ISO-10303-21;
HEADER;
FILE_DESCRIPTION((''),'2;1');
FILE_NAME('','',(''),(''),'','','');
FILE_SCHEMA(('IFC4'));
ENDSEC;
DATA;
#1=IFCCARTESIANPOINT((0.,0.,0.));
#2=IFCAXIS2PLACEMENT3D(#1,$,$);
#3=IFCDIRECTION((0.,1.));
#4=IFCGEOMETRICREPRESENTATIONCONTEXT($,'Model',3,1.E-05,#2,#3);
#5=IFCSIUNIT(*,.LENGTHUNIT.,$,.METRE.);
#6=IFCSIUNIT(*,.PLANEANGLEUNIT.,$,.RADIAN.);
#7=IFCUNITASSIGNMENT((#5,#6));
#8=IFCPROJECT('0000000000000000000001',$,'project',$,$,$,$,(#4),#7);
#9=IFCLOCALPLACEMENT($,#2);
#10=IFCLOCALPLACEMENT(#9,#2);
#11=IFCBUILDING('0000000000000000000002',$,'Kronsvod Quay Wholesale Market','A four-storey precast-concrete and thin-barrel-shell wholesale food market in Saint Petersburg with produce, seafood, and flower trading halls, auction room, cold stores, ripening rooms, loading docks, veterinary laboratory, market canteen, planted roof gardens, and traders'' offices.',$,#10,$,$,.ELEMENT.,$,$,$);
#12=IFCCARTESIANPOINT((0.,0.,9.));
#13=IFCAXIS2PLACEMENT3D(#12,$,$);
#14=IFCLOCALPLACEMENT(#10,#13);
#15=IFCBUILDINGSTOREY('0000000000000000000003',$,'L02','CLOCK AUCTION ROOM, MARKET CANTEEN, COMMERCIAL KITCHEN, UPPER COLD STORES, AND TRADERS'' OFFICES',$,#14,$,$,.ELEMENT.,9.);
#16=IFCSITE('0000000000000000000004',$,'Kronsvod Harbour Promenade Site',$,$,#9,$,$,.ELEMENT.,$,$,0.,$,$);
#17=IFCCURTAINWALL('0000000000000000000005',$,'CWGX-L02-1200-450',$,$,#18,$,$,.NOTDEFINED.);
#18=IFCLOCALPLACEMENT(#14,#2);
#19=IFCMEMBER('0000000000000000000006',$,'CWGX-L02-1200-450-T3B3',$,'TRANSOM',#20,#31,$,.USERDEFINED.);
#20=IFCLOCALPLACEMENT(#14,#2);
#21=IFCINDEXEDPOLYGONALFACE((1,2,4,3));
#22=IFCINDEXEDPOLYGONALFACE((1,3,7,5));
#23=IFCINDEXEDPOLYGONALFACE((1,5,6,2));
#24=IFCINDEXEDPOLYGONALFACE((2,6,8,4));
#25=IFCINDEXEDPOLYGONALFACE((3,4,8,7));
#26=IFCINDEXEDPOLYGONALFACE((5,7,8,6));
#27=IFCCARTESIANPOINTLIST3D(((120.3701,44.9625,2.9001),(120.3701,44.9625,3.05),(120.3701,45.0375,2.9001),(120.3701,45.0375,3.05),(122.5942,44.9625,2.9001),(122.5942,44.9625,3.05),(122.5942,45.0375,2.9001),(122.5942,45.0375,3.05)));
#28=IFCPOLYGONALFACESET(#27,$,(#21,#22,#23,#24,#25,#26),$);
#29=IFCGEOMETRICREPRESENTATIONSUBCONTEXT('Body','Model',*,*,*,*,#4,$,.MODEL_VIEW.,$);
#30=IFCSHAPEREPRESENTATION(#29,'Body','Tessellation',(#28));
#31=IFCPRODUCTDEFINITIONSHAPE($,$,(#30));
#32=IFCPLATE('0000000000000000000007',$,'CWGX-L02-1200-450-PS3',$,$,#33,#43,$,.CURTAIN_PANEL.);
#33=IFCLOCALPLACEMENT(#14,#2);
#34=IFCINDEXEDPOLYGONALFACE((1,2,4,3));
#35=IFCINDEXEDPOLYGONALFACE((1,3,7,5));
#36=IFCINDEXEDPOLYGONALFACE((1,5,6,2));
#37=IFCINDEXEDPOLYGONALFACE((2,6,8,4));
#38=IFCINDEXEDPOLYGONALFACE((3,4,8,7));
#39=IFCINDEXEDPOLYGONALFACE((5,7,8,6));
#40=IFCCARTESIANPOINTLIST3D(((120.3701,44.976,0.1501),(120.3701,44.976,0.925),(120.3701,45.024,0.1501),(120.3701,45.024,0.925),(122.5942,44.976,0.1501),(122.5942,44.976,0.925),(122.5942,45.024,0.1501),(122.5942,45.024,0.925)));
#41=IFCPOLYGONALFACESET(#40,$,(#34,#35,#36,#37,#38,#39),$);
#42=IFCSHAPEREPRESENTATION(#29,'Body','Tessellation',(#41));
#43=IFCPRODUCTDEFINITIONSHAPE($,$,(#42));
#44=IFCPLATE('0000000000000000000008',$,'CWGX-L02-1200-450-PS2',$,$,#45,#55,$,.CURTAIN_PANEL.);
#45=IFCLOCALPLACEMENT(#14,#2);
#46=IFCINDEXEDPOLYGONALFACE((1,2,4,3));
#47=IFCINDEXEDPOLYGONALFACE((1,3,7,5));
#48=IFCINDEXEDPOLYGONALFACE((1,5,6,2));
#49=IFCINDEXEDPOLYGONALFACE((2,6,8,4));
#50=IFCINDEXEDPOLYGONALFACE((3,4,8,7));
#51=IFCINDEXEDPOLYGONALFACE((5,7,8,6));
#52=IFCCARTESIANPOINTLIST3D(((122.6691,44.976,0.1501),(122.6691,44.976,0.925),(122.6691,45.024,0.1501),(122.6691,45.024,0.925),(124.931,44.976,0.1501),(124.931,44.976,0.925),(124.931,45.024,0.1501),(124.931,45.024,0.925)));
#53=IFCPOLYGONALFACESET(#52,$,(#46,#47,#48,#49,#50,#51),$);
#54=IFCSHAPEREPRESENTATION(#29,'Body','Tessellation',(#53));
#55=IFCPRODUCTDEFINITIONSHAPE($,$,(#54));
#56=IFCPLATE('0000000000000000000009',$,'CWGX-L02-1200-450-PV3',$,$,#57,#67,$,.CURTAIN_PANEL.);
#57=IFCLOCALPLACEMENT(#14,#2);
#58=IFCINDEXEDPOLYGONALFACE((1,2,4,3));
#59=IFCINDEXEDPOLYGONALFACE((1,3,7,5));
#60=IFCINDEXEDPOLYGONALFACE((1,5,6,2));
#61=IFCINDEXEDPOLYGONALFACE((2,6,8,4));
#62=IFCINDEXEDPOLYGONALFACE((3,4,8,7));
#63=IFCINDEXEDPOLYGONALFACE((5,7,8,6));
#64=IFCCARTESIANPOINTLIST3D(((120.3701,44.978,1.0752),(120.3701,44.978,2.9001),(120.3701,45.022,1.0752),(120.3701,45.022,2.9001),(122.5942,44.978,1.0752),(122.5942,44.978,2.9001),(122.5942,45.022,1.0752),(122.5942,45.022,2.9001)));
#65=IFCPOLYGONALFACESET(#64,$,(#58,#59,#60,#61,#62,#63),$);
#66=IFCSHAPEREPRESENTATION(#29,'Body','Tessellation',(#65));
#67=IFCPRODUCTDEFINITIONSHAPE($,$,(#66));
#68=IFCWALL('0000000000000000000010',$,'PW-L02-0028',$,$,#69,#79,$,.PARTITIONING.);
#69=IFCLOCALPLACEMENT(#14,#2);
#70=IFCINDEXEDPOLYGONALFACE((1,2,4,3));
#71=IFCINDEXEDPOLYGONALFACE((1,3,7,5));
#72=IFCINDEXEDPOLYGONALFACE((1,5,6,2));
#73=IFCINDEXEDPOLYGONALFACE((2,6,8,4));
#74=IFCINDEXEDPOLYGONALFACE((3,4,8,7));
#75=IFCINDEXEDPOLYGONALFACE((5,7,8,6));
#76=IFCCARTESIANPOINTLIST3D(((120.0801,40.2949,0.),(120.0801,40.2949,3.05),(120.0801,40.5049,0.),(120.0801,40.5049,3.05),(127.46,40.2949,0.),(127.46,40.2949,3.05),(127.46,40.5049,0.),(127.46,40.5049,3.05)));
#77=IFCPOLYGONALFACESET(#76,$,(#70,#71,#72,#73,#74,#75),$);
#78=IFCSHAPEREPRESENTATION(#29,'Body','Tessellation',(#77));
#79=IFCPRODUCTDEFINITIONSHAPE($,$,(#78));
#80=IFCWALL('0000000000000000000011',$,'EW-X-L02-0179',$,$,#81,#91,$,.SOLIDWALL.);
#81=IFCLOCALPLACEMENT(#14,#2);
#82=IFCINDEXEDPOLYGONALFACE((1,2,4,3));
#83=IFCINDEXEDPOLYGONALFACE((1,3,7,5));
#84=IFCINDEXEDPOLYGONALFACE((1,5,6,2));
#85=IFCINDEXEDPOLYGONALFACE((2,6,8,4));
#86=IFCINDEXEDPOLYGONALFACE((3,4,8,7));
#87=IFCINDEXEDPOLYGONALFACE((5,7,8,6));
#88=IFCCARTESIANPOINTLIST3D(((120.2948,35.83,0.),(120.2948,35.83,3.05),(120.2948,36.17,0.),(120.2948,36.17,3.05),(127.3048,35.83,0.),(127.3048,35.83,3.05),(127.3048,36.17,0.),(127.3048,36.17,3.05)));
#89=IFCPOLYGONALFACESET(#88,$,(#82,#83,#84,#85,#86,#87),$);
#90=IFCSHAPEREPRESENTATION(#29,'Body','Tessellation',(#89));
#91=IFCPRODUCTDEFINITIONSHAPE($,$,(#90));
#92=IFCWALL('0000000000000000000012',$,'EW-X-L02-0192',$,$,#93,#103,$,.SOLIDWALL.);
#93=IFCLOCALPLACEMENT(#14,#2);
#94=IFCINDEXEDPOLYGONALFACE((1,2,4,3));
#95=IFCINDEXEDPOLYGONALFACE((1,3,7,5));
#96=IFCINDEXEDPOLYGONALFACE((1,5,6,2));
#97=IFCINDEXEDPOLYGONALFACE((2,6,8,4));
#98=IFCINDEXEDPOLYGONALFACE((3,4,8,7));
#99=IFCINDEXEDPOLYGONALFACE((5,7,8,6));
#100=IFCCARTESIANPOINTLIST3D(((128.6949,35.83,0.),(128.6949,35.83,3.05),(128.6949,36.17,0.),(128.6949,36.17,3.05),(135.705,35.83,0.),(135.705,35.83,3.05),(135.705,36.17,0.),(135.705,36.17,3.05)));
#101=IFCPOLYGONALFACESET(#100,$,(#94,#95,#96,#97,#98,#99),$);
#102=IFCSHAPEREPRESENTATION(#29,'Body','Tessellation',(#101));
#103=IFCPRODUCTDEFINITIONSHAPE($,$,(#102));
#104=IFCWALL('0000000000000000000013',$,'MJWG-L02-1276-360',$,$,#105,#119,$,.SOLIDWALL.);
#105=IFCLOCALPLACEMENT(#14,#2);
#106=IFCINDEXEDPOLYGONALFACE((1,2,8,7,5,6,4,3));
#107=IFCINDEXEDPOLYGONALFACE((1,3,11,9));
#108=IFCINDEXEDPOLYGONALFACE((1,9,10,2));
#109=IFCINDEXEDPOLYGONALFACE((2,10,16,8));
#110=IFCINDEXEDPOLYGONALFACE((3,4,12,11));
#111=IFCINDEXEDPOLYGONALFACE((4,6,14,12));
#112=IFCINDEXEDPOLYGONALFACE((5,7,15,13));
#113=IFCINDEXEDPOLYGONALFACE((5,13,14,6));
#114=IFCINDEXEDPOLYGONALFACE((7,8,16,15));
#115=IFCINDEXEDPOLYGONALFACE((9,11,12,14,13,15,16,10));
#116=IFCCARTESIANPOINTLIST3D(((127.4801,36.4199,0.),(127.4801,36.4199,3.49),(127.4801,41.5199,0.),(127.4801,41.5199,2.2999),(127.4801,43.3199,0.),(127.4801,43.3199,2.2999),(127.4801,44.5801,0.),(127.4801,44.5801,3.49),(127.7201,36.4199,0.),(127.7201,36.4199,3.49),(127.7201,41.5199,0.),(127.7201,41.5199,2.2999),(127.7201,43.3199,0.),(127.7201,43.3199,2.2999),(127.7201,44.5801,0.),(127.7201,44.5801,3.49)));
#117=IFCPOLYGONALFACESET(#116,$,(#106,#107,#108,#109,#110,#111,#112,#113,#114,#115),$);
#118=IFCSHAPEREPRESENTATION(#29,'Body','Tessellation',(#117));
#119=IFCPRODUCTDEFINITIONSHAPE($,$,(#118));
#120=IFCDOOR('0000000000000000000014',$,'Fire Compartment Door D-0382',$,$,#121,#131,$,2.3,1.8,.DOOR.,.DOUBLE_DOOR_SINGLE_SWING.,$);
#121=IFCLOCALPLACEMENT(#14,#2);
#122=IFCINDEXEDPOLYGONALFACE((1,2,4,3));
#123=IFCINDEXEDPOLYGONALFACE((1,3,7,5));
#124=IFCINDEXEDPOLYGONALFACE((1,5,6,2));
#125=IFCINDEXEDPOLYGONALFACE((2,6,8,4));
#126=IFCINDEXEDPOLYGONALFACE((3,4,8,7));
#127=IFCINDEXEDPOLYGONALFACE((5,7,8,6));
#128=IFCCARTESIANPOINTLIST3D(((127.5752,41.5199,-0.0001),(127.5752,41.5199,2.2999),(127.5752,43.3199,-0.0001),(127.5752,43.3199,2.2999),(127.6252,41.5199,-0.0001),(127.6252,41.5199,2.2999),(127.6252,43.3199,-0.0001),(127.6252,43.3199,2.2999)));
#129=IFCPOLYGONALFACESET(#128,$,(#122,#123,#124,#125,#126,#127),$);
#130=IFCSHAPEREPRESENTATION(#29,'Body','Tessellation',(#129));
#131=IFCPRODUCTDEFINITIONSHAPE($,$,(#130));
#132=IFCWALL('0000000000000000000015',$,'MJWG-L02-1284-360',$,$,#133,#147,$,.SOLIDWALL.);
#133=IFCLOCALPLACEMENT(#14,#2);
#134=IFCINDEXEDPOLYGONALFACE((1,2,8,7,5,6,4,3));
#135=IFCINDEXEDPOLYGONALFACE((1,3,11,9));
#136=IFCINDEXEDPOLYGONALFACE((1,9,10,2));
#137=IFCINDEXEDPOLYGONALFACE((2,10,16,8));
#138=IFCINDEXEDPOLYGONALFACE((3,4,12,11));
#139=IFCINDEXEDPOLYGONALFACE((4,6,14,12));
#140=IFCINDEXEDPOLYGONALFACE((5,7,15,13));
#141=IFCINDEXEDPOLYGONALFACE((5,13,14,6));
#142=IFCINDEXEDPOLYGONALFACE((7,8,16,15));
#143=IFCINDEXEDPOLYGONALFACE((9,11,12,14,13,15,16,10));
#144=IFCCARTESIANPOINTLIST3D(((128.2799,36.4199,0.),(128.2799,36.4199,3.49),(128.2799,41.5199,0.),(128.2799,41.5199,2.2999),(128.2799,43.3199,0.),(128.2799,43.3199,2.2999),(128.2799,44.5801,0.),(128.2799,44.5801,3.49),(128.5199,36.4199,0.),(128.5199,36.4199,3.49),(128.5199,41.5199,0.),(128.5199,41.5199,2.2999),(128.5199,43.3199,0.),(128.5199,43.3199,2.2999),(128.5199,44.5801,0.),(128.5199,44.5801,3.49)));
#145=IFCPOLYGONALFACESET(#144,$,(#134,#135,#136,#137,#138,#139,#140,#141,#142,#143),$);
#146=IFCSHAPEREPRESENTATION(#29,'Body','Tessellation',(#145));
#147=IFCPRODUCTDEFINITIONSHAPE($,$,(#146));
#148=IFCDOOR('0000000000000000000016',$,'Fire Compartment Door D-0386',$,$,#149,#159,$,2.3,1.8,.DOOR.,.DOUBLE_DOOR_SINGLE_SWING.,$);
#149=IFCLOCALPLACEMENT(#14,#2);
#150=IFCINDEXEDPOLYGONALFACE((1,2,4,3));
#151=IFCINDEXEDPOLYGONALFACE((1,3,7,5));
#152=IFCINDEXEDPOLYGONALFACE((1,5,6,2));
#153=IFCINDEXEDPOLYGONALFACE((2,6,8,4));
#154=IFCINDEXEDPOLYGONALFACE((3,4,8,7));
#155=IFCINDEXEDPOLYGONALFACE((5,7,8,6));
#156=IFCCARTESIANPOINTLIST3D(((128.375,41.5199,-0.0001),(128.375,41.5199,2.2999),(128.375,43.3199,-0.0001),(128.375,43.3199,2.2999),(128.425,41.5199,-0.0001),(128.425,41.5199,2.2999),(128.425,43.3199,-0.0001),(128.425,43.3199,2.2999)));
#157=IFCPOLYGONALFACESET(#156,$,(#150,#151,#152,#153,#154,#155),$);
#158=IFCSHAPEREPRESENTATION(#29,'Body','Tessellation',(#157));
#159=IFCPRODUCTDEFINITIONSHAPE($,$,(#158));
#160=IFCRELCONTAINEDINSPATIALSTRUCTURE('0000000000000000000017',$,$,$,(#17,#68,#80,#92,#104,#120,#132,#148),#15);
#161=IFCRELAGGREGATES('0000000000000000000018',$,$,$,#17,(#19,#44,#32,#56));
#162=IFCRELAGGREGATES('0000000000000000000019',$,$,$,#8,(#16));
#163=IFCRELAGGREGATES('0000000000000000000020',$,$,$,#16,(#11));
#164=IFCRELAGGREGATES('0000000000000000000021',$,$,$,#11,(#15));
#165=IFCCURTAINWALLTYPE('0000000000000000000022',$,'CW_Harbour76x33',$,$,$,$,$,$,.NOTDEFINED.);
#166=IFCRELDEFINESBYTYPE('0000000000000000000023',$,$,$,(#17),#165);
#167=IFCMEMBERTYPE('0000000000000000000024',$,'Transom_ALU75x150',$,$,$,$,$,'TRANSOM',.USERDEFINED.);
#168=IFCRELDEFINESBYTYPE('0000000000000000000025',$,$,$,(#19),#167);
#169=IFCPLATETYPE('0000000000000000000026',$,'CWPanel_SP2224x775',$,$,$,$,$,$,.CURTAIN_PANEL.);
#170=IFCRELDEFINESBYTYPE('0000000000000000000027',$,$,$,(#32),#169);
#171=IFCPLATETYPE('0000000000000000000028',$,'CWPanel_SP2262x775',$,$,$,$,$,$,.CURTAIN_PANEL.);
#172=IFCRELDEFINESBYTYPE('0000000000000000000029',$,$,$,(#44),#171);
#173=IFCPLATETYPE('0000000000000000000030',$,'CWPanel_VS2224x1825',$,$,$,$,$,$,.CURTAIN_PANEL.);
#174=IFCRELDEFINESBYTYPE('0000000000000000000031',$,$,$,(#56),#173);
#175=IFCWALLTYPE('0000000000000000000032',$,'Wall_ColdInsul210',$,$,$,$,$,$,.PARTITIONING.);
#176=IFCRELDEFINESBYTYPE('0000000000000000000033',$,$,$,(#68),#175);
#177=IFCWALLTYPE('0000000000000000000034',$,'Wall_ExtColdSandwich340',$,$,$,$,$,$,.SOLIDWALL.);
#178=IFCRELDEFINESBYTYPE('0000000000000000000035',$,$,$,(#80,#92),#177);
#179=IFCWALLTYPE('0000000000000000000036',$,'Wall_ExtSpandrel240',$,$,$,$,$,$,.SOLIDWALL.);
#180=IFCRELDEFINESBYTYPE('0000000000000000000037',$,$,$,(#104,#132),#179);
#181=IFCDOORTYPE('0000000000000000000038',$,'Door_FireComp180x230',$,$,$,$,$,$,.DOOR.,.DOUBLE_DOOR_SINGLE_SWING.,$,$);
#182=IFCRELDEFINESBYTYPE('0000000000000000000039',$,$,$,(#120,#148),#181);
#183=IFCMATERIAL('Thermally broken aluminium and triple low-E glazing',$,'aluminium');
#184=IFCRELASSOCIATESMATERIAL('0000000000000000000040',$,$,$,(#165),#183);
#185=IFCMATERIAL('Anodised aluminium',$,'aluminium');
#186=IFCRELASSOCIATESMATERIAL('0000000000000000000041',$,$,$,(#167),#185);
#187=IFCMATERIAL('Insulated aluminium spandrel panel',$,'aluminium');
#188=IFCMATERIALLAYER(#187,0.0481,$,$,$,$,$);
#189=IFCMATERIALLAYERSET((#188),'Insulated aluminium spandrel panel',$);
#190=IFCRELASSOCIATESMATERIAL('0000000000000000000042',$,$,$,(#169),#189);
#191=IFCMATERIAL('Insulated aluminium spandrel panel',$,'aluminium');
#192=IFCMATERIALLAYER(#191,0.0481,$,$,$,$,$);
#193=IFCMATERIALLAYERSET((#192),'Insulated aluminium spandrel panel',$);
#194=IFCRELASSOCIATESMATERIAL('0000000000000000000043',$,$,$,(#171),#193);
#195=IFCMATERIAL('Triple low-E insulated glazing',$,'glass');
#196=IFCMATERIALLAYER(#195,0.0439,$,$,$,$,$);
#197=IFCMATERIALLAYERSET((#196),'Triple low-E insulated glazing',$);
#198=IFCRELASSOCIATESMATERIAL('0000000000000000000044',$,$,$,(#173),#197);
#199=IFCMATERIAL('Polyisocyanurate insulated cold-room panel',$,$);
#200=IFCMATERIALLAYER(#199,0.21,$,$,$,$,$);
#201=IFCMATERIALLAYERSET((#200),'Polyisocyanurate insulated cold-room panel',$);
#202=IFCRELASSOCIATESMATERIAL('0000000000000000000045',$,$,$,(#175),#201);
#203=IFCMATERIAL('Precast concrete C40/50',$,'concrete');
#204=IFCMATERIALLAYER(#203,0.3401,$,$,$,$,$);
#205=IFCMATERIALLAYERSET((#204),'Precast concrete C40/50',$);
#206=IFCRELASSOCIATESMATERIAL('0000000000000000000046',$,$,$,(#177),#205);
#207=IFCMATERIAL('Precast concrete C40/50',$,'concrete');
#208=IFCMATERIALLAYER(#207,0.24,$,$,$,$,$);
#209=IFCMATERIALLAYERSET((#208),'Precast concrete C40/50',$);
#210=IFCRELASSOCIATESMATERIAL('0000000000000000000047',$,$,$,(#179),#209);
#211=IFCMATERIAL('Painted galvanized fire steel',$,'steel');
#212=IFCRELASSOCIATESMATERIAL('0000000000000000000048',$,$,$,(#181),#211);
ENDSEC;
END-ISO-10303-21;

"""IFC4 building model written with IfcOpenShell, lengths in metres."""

from ifc_helpers import new_model, si_unit, direction, frame, frame_2d, origin, origin_2d, place, context, subcontext, project, spatial, rectangle, extrude, material, layer, layer_set, material_profile, profile_set, type_object, element, fill, aggregate, save


model = new_model("IFC4")

# Units and contexts
model_context = context("Model", 3, precision=1e-05, world=origin(), true_north=direction((0.0, 1.0)))
body_context = subcontext(model_context, "Body", "Model", "MODEL_VIEW")
ifc_project = project(units=[si_unit("LENGTHUNIT", "METRE"), si_unit("PLANEANGLEUNIT", "RADIAN")], contexts=[model_context])

# Site, building, storey
site_placement = place(None, origin())
site = spatial("IfcSite", under=ifc_project, at=site_placement, Name="Kronsvod Harbour Promenade Site", CompositionType="ELEMENT", RefElevation=0.0)
building_placement = place(site_placement, origin())
building = spatial("IfcBuilding", under=site, at=building_placement, Name="Kronsvod Quay Wholesale Market", Description="A four-storey precast-concrete and thin-barrel-shell wholesale food market in Saint Petersburg with produce, seafood, and flower trading halls, auction room, cold stores, ripening rooms, loading docks, veterinary laboratory, market canteen, planted roof gardens, and traders' offices.", CompositionType="ELEMENT")
storey_placement = place(building_placement, frame((0.0, 0.0, 9.0)))
storey = spatial("IfcBuildingStorey", under=building, at=storey_placement, Name="L02", Description="CLOCK AUCTION ROOM, MARKET CANTEEN, COMMERCIAL KITCHEN, UPPER COLD STORES, AND TRADERS' OFFICES", CompositionType="ELEMENT", Elevation=9.0)

# Curtain wall, member, plates
ifc_material_1 = material(Name="Thermally broken aluminium and triple low-E glazing", Category="aluminium")
curtain_wall_type = type_object("IfcCurtainWallType", Name="CW_Harbour76x33", PredefinedType="NOTDEFINED", material=ifc_material_1)
curtain_wall_placement = place(storey_placement, origin())
curtain_wall = element("IfcCurtainWall", 1, at=curtain_wall_placement, inside=storey, type_object=curtain_wall_type, Name="CWGX-L02-1200-450", PredefinedType="NOTDEFINED")
ifc_material_2 = material(Name="Anodised aluminium", Category="aluminium")
ifc_material_profile_1 = material_profile(ifc_material_2, rectangle(XDim=0.075, YDim=0.1499, at=origin_2d()), Name="ALUT75x150")
ifc_profile_set_1 = profile_set([ifc_material_profile_1], Name="Anodised aluminium")
member_type_1 = type_object("IfcMemberType", Name="Transom_ALU75x150", ElementType="TRANSOM", PredefinedType="USERDEFINED", material=ifc_profile_set_1)
member_1_placement = place(storey_placement, frame((122.5942, 45.0, 2.9751), z_axis=(-1.0, 0.0, 0.0), x_axis=(0.0, -1.0, 0.0)))
member_1 = element("IfcMember", 2, at=member_1_placement, type_object=member_type_1, Name="CWGX-L02-1200-450-T3B3", ObjectType="TRANSOM", PredefinedType="USERDEFINED", context=body_context, shape_type="SweptSolid", body=[
    extrude(rectangle(XDim=0.075, YDim=0.1499, at=origin_2d()), origin(), (0.0, 0.0, 1.0), 2.2241),
])
ifc_material_3 = material(Name="Insulated aluminium spandrel panel", Category="aluminium")
ifc_layer_1 = layer(ifc_material_3, 0.0481)
ifc_layer_set_1 = layer_set([ifc_layer_1], Name="Insulated aluminium spandrel panel")
plate_type_1 = type_object("IfcPlateType", Name="CWPanel_SP2224x775", PredefinedType="CURTAIN_PANEL", material=ifc_layer_set_1)
plate_1_placement = place(storey_placement, frame((121.4822, 45.0, 0.1501), z_axis=(0.0, 0.0, 1.0), x_axis=(-1.0, 0.0, 0.0)))
plate_1 = element("IfcPlate", 3, at=plate_1_placement, type_object=plate_type_1, Name="CWGX-L02-1200-450-PS3", PredefinedType="CURTAIN_PANEL", context=body_context, shape_type="SweptSolid", body=[
    extrude(rectangle(XDim=2.2241, YDim=0.0481, at=origin_2d()), origin(), (0.0, 0.0, 1.0), 0.7749),
])
ifc_material_4 = material(Name="Insulated aluminium spandrel panel", Category="aluminium")
ifc_layer_2 = layer(ifc_material_4, 0.0481)
ifc_layer_set_2 = layer_set([ifc_layer_2], Name="Insulated aluminium spandrel panel")
plate_type_2 = type_object("IfcPlateType", Name="CWPanel_SP2262x775", PredefinedType="CURTAIN_PANEL", material=ifc_layer_set_2)
plate_2_placement = place(storey_placement, frame((123.8, 45.0, 0.1501), z_axis=(0.0, 0.0, 1.0), x_axis=(-1.0, 0.0, 0.0)))
plate_2 = element("IfcPlate", 4, at=plate_2_placement, type_object=plate_type_2, Name="CWGX-L02-1200-450-PS2", PredefinedType="CURTAIN_PANEL", context=body_context, shape_type="SweptSolid", body=[
    extrude(rectangle(XDim=2.262, YDim=0.0481, at=origin_2d()), origin(), (0.0, 0.0, 1.0), 0.7749),
])
ifc_material_5 = material(Name="Triple low-E insulated glazing", Category="glass")
ifc_layer_3 = layer(ifc_material_5, 0.0439)
ifc_layer_set_3 = layer_set([ifc_layer_3], Name="Triple low-E insulated glazing")
plate_type_3 = type_object("IfcPlateType", Name="CWPanel_VS2224x1825", PredefinedType="CURTAIN_PANEL", material=ifc_layer_set_3)
plate_3_placement = place(storey_placement, frame((121.4822, 45.0, 1.0752), z_axis=(0.0, 0.0, 1.0), x_axis=(-1.0, 0.0, 0.0)))
plate_3 = element("IfcPlate", 5, at=plate_3_placement, type_object=plate_type_3, Name="CWGX-L02-1200-450-PV3", PredefinedType="CURTAIN_PANEL", context=body_context, shape_type="SweptSolid", body=[
    extrude(rectangle(XDim=2.2241, YDim=0.0439, at=origin_2d()), origin(), (0.0, 0.0, 1.0), 1.825),
])
aggregate(curtain_wall, [member_1, plate_2, plate_1, plate_3])

# Walls
ifc_material_6 = material(Name="Polyisocyanurate insulated cold-room panel")
ifc_layer_4 = layer(ifc_material_6, 0.21)
ifc_layer_set_4 = layer_set([ifc_layer_4], Name="Polyisocyanurate insulated cold-room panel")
wall_type_1 = type_object("IfcWallType", Name="Wall_ColdInsul210", PredefinedType="PARTITIONING", material=ifc_layer_set_4)
wall_1_placement = place(storey_placement, frame((120.0801, 40.3999, 0.0), z_axis=(0.0, 0.0, 1.0), x_axis=(1.0, 0.0, 0.0)))
element("IfcWall", 6, at=wall_1_placement, inside=storey, type_object=wall_type_1, Name="PW-L02-0028", PredefinedType="PARTITIONING", context=body_context, shape_type="SweptSolid", body=[
    extrude(rectangle(XDim=7.3799, YDim=0.21, at=frame_2d((3.6899, 0.0))), origin(), (0.0, 0.0, 1.0), 3.05),
])
ifc_material_7 = material(Name="Precast concrete C40/50", Category="concrete")
ifc_layer_5 = layer(ifc_material_7, 0.3401)
ifc_layer_set_5 = layer_set([ifc_layer_5], Name="Precast concrete C40/50")
wall_type_2 = type_object("IfcWallType", Name="Wall_ExtColdSandwich340", PredefinedType="SOLIDWALL", material=ifc_layer_set_5)
for number, where, z_axis, x_axis, name in (
    (7, (120.2949, 36.0, 0.0), (0.0, 0.0, 1.0), (1.0, 0.0, 0.0), "EW-X-L02-0179"),
    (8, (128.6951, 36.0, 0.0), (0.0, 0.0, 1.0), (1.0, 0.0, 0.0), "EW-X-L02-0192"),
):
    element("IfcWall", number, at=place(storey_placement, frame(where, z_axis=z_axis, x_axis=x_axis)), inside=storey, type_object=wall_type_2, Name=name, PredefinedType="SOLIDWALL", context=body_context, shape_type="SweptSolid", body=[
        extrude(rectangle(XDim=7.01, YDim=0.3401, at=frame_2d((3.5049, 0.0))), origin(), (0.0, 0.0, 1.0), 3.05),
    ])

# Walls, openings, doors
ifc_material_8 = material(Name="Precast concrete C40/50", Category="concrete")
ifc_layer_6 = layer(ifc_material_8, 0.24)
ifc_layer_set_6 = layer_set([ifc_layer_6], Name="Precast concrete C40/50")
wall_type_3 = type_object("IfcWallType", Name="Wall_ExtSpandrel240", PredefinedType="SOLIDWALL", material=ifc_layer_set_6)
wall_2_placement = place(storey_placement, frame((127.6001, 36.4199, 0.0), z_axis=(0.0, 0.0, 1.0), x_axis=(0.0, 1.0, 0.0)))
wall_2 = element("IfcWall", 9, at=wall_2_placement, inside=storey, type_object=wall_type_3, Name="MJWG-L02-1276-360", PredefinedType="SOLIDWALL", context=body_context, shape_type="SweptSolid", body=[
    extrude(rectangle(XDim=8.1602, YDim=0.24, at=frame_2d((4.0801, 0.0))), origin(), (0.0, 0.0, 1.0), 3.49),
])
opening_1_placement = place(wall_2_placement, frame((5.1001, 0.0, 0.0)))
opening_1 = element("IfcOpeningElement", 10, at=opening_1_placement, cuts=wall_2, PredefinedType="OPENING", context=body_context, shape_type="SweptSolid", body=[
    extrude(rectangle(XDim=1.8, YDim=2.3, at=frame_2d((0.8999, 1.1499))), frame((0.0, 0.1299, 0.0), z_axis=(0.0, -1.0, 0.0), x_axis=(1.0, 0.0, 0.0)), (0.0, 0.0, 1.0), 0.26),
])
ifc_material_9 = material(Name="Painted galvanized fire steel", Category="steel")
door_type = type_object("IfcDoorType", Name="Door_FireComp180x230", OperationType="DOUBLE_DOOR_SINGLE_SWING", PredefinedType="DOOR", material=ifc_material_9)
door_1_placement = place(opening_1_placement, origin())
door_1 = element("IfcDoor", 11, at=door_1_placement, inside=storey, type_object=door_type, Name="Fire Compartment Door D-0382", OperationType="DOUBLE_DOOR_SINGLE_SWING", OverallHeight=2.3, OverallWidth=1.8, PredefinedType="DOOR", context=body_context, shape_type="SweptSolid", body=[
    extrude(rectangle(XDim=1.8, YDim=2.3, at=frame_2d((0.8999, 1.1499))), frame((0.0, 0.0249, 0.0), z_axis=(0.0, -1.0, 0.0), x_axis=(1.0, 0.0, 0.0)), (0.0, 0.0, 1.0), 0.05),
])
fill(opening_1, door_1)
wall_3_placement = place(storey_placement, frame((128.3999, 36.4199, 0.0), z_axis=(0.0, 0.0, 1.0), x_axis=(0.0, 1.0, 0.0)))
wall_3 = element("IfcWall", 12, at=wall_3_placement, inside=storey, type_object=wall_type_3, Name="MJWG-L02-1284-360", PredefinedType="SOLIDWALL", context=body_context, shape_type="SweptSolid", body=[
    extrude(rectangle(XDim=8.1602, YDim=0.24, at=frame_2d((4.0801, 0.0))), origin(), (0.0, 0.0, 1.0), 3.49),
])
opening_2_placement = place(wall_3_placement, frame((5.1001, 0.0, 0.0)))
opening_2 = element("IfcOpeningElement", 13, at=opening_2_placement, cuts=wall_3, PredefinedType="OPENING", context=body_context, shape_type="SweptSolid", body=[
    extrude(rectangle(XDim=1.8, YDim=2.3, at=frame_2d((0.8999, 1.1499))), frame((0.0, 0.1299, 0.0), z_axis=(0.0, -1.0, 0.0), x_axis=(1.0, 0.0, 0.0)), (0.0, 0.0, 1.0), 0.26),
])
door_2_placement = place(opening_2_placement, origin())
door_2 = element("IfcDoor", 14, at=door_2_placement, inside=storey, type_object=door_type, Name="Fire Compartment Door D-0386", OperationType="DOUBLE_DOOR_SINGLE_SWING", OverallHeight=2.3, OverallWidth=1.8, PredefinedType="DOOR", context=body_context, shape_type="SweptSolid", body=[
    extrude(rectangle(XDim=1.8, YDim=2.3, at=frame_2d((0.8999, 1.1499))), frame((0.0, 0.0249, 0.0), z_axis=(0.0, -1.0, 0.0), x_axis=(1.0, 0.0, 0.0)), (0.0, 0.0, 1.0), 0.05),
])
fill(opening_2, door_2)

save(model, "model.ifc")
